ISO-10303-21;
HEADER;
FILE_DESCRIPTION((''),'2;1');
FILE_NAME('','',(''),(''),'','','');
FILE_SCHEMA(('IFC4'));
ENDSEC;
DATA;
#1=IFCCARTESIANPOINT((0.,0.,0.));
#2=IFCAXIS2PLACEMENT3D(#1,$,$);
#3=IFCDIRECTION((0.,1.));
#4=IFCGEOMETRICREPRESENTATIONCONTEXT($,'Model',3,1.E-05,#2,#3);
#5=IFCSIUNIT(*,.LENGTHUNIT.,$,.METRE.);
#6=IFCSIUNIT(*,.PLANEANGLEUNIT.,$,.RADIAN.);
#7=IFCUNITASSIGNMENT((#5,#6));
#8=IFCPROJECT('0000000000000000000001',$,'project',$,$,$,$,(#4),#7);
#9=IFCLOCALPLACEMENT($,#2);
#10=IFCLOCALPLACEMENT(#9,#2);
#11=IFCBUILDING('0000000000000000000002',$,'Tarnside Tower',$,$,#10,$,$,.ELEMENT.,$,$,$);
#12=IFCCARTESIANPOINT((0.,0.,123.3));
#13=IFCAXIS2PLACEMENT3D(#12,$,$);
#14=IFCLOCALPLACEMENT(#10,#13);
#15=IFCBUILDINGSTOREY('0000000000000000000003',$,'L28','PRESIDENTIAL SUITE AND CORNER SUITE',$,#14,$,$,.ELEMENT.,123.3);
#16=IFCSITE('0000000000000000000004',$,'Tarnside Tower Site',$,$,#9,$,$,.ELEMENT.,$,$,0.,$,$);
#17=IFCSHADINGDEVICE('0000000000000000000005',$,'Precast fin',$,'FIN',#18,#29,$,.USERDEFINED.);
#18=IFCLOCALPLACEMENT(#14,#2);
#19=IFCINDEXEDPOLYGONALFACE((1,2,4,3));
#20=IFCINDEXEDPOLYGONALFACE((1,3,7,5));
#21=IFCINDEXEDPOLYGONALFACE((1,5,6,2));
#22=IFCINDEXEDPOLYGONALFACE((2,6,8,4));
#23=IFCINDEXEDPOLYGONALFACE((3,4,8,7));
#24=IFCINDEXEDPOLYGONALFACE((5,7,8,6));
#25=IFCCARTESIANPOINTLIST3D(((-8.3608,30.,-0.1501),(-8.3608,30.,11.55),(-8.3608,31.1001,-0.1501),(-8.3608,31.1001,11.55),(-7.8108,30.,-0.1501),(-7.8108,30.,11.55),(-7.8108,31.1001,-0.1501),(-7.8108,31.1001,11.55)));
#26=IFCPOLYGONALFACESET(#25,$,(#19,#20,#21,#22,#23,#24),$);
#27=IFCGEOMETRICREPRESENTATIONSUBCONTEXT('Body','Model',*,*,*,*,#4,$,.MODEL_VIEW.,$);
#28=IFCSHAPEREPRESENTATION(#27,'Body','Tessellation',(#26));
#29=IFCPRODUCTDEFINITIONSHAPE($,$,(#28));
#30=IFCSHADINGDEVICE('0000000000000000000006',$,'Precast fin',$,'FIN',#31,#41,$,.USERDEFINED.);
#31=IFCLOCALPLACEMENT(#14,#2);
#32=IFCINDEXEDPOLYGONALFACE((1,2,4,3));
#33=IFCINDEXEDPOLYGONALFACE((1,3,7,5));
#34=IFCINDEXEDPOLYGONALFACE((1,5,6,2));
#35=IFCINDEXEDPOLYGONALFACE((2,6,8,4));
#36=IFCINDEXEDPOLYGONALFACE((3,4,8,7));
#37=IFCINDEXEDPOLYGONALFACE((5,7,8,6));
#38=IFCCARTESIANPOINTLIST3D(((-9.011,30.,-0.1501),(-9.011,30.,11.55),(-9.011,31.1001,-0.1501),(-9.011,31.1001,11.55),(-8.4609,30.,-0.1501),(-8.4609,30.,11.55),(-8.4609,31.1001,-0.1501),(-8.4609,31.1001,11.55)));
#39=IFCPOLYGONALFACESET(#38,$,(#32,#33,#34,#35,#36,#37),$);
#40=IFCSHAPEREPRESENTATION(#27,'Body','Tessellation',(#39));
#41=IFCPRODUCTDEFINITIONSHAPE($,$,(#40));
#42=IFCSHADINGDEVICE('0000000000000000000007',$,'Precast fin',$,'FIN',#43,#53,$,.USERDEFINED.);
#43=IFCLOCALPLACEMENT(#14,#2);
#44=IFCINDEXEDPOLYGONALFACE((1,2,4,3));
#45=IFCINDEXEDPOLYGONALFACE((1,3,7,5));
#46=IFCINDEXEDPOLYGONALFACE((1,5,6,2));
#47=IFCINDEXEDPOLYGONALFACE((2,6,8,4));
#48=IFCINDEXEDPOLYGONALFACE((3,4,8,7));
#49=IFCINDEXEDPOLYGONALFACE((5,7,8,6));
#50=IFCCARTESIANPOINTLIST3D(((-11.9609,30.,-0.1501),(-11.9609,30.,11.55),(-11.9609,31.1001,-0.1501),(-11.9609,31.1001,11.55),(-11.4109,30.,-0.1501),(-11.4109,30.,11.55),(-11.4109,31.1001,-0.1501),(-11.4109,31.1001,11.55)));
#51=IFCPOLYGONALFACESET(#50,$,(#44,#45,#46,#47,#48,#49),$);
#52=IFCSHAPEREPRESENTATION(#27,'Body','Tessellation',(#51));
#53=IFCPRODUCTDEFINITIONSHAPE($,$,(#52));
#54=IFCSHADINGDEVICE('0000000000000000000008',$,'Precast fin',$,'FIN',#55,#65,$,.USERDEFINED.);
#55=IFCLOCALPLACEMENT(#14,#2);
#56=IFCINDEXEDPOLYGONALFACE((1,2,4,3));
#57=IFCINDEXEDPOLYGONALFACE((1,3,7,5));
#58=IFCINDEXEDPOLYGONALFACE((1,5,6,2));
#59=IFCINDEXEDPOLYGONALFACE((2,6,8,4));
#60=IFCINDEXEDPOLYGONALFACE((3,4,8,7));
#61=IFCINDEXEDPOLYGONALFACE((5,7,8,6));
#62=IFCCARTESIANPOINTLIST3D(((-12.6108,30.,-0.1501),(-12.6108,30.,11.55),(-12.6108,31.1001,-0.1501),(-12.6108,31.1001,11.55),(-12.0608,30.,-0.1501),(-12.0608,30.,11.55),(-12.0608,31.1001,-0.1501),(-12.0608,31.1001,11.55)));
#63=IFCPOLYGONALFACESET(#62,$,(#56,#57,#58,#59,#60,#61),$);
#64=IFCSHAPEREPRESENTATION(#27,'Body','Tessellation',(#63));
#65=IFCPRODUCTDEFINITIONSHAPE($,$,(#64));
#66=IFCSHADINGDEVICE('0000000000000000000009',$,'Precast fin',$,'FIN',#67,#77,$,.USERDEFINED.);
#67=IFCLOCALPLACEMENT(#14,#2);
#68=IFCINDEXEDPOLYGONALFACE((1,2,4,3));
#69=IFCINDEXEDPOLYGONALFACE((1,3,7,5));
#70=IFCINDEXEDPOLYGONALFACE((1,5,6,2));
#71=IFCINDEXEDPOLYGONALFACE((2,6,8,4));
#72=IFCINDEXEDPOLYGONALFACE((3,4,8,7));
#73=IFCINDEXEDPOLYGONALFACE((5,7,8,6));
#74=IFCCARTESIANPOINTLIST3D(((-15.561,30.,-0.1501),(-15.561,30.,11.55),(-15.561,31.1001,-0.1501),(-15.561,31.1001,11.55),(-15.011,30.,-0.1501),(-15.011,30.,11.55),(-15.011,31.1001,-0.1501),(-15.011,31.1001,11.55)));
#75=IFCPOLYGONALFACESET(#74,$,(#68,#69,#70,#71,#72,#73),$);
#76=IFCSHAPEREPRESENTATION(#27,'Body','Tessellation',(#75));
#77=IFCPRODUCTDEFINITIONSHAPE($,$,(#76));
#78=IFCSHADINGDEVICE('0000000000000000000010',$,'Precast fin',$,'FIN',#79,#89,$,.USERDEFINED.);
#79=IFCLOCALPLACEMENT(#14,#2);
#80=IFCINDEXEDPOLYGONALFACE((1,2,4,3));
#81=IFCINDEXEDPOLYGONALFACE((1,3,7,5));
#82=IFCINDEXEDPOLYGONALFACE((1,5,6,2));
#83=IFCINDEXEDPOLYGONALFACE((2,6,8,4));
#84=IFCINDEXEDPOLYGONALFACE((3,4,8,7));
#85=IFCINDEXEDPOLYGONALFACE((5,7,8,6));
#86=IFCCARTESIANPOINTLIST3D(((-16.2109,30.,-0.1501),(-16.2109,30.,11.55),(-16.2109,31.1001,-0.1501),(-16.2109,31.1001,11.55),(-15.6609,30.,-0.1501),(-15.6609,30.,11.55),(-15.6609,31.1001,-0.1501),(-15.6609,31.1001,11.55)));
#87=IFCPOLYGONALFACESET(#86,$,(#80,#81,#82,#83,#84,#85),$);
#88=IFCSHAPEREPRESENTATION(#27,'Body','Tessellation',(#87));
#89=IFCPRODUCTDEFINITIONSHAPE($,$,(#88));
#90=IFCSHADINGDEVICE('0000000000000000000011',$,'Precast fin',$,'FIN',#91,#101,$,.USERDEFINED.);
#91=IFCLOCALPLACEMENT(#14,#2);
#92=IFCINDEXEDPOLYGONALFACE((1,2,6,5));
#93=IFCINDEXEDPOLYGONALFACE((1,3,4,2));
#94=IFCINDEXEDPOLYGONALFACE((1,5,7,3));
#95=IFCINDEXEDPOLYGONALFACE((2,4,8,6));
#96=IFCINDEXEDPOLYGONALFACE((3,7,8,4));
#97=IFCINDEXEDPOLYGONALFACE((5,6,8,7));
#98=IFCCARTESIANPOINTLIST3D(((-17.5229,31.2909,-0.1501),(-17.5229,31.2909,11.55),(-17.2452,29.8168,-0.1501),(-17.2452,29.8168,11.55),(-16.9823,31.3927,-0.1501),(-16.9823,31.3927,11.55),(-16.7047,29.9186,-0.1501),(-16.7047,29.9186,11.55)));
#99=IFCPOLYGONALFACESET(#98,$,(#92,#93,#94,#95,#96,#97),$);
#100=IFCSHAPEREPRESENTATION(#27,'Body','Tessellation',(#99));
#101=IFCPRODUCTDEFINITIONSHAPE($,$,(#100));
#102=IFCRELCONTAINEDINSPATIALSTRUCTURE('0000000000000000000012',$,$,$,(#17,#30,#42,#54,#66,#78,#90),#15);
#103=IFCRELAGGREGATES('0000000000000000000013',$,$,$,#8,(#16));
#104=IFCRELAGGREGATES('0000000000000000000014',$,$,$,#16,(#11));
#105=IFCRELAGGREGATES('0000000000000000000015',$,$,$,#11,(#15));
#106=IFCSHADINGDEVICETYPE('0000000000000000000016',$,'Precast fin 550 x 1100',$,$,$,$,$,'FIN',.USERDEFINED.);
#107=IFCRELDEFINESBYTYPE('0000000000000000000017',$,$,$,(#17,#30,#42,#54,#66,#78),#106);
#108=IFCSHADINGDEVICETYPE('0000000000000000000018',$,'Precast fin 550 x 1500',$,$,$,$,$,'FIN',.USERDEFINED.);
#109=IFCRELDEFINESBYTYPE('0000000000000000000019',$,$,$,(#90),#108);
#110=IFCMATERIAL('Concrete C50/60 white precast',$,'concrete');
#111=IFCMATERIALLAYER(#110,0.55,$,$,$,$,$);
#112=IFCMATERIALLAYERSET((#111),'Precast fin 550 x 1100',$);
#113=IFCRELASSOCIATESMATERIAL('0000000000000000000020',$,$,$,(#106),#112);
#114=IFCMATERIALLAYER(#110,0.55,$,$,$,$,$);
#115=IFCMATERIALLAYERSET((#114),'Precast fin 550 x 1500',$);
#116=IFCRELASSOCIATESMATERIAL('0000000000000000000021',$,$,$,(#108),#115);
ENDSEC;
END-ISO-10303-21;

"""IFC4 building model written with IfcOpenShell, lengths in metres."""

from ifc_helpers import new_model, si_unit, direction, frame, origin, place, context, subcontext, project, spatial, polyline, outline, extrude, material, layer, layer_set, type_object, element, save


model = new_model("IFC4")

# Units and contexts
model_context = context("Model", 3, precision=1e-05, world=origin(), true_north=direction((0.0, 1.0)))
body_context = subcontext(model_context, "Body", "Model", "MODEL_VIEW")
ifc_project = project(units=[si_unit("LENGTHUNIT", "METRE"), si_unit("PLANEANGLEUNIT", "RADIAN")], contexts=[model_context])

# Site, building, storey
site_placement = place(None, origin())
site = spatial("IfcSite", under=ifc_project, at=site_placement, Name="Tarnside Tower Site", CompositionType="ELEMENT", RefElevation=0.0)
building_placement = place(site_placement, origin())
building = spatial("IfcBuilding", under=site, at=building_placement, Name="Tarnside Tower", CompositionType="ELEMENT")
storey_placement = place(building_placement, frame((0.0, 0.0, 123.3)))
storey = spatial("IfcBuildingStorey", under=building, at=storey_placement, Name="L28", Description="PRESIDENTIAL SUITE AND CORNER SUITE", CompositionType="ELEMENT", Elevation=123.3)

# Shading devices
ifc_material_1 = material(Name="Concrete C50/60 white precast", Category="concrete")
ifc_layer_1 = layer(ifc_material_1, 0.55)
ifc_layer_set_1 = layer_set([ifc_layer_1], Name="Precast fin 550 x 1100")
shading_device_type_1 = type_object("IfcShadingDeviceType", Name="Precast fin 550 x 1100", ElementType="FIN", PredefinedType="USERDEFINED", material=ifc_layer_set_1)
for number, where, z_axis, x_axis, name in (
    (1, (-8.0859, 30.0, -0.1501), (1.0, 0.0, 0.0), (0.0, 1.0, 0.0), "Precast fin"),
    (2, (-8.7361, 30.0, -0.1501), (1.0, 0.0, 0.0), (0.0, 1.0, 0.0), "Precast fin"),
    (3, (-11.686, 30.0, -0.1501), (1.0, 0.0, 0.0), (0.0, 1.0, 0.0), "Precast fin"),
    (4, (-12.3359, 30.0, -0.1501), (1.0, 0.0, 0.0), (0.0, 1.0, 0.0), "Precast fin"),
    (5, (-15.2861, 30.0, -0.1501), (1.0, 0.0, 0.0), (0.0, 1.0, 0.0), "Precast fin"),
    (6, (-15.936, 30.0, -0.1501), (1.0, 0.0, 0.0), (0.0, 1.0, 0.0), "Precast fin"),
):
    element("IfcShadingDevice", number, at=place(storey_placement, frame(where, z_axis=z_axis, x_axis=x_axis)), inside=storey, type_object=shading_device_type_1, Name=name, ObjectType="FIN", PredefinedType="USERDEFINED", context=body_context, shape_type="SweptSolid", body=[
        extrude(outline(polyline([(0.0, 0.0), (1.1001, 0.0), (1.1001, 11.7002), (0.0, 11.7002), (0.0, 0.0)])), frame((0.0, 0.0, -0.2749)), (0.0, 0.0, 1.0), 0.55),
    ])
ifc_layer_2 = layer(ifc_material_1, 0.55)
ifc_layer_set_2 = layer_set([ifc_layer_2], Name="Precast fin 550 x 1500")
shading_device_type_2 = type_object("IfcShadingDeviceType", Name="Precast fin 550 x 1500", ElementType="FIN", PredefinedType="USERDEFINED", material=ifc_layer_set_2)
shading_device_placement = place(storey_placement, frame((-16.9751, 29.8677, -0.1501), z_axis=(0.982721, 0.185095, 0.0), x_axis=(-0.185095, 0.982721, 0.0)))
element("IfcShadingDevice", 7, at=shading_device_placement, inside=storey, type_object=shading_device_type_2, Name="Precast fin", ObjectType="FIN", PredefinedType="USERDEFINED", context=body_context, shape_type="SweptSolid", body=[
    extrude(outline(polyline([(0.0, 0.0), (1.5, 0.0), (1.5, 11.7002), (0.0, 11.7002), (0.0, 0.0)])), frame((0.0, 0.0, -0.2749)), (0.0, 0.0, 1.0), 0.55),
])

save(model, "model.ifc")
